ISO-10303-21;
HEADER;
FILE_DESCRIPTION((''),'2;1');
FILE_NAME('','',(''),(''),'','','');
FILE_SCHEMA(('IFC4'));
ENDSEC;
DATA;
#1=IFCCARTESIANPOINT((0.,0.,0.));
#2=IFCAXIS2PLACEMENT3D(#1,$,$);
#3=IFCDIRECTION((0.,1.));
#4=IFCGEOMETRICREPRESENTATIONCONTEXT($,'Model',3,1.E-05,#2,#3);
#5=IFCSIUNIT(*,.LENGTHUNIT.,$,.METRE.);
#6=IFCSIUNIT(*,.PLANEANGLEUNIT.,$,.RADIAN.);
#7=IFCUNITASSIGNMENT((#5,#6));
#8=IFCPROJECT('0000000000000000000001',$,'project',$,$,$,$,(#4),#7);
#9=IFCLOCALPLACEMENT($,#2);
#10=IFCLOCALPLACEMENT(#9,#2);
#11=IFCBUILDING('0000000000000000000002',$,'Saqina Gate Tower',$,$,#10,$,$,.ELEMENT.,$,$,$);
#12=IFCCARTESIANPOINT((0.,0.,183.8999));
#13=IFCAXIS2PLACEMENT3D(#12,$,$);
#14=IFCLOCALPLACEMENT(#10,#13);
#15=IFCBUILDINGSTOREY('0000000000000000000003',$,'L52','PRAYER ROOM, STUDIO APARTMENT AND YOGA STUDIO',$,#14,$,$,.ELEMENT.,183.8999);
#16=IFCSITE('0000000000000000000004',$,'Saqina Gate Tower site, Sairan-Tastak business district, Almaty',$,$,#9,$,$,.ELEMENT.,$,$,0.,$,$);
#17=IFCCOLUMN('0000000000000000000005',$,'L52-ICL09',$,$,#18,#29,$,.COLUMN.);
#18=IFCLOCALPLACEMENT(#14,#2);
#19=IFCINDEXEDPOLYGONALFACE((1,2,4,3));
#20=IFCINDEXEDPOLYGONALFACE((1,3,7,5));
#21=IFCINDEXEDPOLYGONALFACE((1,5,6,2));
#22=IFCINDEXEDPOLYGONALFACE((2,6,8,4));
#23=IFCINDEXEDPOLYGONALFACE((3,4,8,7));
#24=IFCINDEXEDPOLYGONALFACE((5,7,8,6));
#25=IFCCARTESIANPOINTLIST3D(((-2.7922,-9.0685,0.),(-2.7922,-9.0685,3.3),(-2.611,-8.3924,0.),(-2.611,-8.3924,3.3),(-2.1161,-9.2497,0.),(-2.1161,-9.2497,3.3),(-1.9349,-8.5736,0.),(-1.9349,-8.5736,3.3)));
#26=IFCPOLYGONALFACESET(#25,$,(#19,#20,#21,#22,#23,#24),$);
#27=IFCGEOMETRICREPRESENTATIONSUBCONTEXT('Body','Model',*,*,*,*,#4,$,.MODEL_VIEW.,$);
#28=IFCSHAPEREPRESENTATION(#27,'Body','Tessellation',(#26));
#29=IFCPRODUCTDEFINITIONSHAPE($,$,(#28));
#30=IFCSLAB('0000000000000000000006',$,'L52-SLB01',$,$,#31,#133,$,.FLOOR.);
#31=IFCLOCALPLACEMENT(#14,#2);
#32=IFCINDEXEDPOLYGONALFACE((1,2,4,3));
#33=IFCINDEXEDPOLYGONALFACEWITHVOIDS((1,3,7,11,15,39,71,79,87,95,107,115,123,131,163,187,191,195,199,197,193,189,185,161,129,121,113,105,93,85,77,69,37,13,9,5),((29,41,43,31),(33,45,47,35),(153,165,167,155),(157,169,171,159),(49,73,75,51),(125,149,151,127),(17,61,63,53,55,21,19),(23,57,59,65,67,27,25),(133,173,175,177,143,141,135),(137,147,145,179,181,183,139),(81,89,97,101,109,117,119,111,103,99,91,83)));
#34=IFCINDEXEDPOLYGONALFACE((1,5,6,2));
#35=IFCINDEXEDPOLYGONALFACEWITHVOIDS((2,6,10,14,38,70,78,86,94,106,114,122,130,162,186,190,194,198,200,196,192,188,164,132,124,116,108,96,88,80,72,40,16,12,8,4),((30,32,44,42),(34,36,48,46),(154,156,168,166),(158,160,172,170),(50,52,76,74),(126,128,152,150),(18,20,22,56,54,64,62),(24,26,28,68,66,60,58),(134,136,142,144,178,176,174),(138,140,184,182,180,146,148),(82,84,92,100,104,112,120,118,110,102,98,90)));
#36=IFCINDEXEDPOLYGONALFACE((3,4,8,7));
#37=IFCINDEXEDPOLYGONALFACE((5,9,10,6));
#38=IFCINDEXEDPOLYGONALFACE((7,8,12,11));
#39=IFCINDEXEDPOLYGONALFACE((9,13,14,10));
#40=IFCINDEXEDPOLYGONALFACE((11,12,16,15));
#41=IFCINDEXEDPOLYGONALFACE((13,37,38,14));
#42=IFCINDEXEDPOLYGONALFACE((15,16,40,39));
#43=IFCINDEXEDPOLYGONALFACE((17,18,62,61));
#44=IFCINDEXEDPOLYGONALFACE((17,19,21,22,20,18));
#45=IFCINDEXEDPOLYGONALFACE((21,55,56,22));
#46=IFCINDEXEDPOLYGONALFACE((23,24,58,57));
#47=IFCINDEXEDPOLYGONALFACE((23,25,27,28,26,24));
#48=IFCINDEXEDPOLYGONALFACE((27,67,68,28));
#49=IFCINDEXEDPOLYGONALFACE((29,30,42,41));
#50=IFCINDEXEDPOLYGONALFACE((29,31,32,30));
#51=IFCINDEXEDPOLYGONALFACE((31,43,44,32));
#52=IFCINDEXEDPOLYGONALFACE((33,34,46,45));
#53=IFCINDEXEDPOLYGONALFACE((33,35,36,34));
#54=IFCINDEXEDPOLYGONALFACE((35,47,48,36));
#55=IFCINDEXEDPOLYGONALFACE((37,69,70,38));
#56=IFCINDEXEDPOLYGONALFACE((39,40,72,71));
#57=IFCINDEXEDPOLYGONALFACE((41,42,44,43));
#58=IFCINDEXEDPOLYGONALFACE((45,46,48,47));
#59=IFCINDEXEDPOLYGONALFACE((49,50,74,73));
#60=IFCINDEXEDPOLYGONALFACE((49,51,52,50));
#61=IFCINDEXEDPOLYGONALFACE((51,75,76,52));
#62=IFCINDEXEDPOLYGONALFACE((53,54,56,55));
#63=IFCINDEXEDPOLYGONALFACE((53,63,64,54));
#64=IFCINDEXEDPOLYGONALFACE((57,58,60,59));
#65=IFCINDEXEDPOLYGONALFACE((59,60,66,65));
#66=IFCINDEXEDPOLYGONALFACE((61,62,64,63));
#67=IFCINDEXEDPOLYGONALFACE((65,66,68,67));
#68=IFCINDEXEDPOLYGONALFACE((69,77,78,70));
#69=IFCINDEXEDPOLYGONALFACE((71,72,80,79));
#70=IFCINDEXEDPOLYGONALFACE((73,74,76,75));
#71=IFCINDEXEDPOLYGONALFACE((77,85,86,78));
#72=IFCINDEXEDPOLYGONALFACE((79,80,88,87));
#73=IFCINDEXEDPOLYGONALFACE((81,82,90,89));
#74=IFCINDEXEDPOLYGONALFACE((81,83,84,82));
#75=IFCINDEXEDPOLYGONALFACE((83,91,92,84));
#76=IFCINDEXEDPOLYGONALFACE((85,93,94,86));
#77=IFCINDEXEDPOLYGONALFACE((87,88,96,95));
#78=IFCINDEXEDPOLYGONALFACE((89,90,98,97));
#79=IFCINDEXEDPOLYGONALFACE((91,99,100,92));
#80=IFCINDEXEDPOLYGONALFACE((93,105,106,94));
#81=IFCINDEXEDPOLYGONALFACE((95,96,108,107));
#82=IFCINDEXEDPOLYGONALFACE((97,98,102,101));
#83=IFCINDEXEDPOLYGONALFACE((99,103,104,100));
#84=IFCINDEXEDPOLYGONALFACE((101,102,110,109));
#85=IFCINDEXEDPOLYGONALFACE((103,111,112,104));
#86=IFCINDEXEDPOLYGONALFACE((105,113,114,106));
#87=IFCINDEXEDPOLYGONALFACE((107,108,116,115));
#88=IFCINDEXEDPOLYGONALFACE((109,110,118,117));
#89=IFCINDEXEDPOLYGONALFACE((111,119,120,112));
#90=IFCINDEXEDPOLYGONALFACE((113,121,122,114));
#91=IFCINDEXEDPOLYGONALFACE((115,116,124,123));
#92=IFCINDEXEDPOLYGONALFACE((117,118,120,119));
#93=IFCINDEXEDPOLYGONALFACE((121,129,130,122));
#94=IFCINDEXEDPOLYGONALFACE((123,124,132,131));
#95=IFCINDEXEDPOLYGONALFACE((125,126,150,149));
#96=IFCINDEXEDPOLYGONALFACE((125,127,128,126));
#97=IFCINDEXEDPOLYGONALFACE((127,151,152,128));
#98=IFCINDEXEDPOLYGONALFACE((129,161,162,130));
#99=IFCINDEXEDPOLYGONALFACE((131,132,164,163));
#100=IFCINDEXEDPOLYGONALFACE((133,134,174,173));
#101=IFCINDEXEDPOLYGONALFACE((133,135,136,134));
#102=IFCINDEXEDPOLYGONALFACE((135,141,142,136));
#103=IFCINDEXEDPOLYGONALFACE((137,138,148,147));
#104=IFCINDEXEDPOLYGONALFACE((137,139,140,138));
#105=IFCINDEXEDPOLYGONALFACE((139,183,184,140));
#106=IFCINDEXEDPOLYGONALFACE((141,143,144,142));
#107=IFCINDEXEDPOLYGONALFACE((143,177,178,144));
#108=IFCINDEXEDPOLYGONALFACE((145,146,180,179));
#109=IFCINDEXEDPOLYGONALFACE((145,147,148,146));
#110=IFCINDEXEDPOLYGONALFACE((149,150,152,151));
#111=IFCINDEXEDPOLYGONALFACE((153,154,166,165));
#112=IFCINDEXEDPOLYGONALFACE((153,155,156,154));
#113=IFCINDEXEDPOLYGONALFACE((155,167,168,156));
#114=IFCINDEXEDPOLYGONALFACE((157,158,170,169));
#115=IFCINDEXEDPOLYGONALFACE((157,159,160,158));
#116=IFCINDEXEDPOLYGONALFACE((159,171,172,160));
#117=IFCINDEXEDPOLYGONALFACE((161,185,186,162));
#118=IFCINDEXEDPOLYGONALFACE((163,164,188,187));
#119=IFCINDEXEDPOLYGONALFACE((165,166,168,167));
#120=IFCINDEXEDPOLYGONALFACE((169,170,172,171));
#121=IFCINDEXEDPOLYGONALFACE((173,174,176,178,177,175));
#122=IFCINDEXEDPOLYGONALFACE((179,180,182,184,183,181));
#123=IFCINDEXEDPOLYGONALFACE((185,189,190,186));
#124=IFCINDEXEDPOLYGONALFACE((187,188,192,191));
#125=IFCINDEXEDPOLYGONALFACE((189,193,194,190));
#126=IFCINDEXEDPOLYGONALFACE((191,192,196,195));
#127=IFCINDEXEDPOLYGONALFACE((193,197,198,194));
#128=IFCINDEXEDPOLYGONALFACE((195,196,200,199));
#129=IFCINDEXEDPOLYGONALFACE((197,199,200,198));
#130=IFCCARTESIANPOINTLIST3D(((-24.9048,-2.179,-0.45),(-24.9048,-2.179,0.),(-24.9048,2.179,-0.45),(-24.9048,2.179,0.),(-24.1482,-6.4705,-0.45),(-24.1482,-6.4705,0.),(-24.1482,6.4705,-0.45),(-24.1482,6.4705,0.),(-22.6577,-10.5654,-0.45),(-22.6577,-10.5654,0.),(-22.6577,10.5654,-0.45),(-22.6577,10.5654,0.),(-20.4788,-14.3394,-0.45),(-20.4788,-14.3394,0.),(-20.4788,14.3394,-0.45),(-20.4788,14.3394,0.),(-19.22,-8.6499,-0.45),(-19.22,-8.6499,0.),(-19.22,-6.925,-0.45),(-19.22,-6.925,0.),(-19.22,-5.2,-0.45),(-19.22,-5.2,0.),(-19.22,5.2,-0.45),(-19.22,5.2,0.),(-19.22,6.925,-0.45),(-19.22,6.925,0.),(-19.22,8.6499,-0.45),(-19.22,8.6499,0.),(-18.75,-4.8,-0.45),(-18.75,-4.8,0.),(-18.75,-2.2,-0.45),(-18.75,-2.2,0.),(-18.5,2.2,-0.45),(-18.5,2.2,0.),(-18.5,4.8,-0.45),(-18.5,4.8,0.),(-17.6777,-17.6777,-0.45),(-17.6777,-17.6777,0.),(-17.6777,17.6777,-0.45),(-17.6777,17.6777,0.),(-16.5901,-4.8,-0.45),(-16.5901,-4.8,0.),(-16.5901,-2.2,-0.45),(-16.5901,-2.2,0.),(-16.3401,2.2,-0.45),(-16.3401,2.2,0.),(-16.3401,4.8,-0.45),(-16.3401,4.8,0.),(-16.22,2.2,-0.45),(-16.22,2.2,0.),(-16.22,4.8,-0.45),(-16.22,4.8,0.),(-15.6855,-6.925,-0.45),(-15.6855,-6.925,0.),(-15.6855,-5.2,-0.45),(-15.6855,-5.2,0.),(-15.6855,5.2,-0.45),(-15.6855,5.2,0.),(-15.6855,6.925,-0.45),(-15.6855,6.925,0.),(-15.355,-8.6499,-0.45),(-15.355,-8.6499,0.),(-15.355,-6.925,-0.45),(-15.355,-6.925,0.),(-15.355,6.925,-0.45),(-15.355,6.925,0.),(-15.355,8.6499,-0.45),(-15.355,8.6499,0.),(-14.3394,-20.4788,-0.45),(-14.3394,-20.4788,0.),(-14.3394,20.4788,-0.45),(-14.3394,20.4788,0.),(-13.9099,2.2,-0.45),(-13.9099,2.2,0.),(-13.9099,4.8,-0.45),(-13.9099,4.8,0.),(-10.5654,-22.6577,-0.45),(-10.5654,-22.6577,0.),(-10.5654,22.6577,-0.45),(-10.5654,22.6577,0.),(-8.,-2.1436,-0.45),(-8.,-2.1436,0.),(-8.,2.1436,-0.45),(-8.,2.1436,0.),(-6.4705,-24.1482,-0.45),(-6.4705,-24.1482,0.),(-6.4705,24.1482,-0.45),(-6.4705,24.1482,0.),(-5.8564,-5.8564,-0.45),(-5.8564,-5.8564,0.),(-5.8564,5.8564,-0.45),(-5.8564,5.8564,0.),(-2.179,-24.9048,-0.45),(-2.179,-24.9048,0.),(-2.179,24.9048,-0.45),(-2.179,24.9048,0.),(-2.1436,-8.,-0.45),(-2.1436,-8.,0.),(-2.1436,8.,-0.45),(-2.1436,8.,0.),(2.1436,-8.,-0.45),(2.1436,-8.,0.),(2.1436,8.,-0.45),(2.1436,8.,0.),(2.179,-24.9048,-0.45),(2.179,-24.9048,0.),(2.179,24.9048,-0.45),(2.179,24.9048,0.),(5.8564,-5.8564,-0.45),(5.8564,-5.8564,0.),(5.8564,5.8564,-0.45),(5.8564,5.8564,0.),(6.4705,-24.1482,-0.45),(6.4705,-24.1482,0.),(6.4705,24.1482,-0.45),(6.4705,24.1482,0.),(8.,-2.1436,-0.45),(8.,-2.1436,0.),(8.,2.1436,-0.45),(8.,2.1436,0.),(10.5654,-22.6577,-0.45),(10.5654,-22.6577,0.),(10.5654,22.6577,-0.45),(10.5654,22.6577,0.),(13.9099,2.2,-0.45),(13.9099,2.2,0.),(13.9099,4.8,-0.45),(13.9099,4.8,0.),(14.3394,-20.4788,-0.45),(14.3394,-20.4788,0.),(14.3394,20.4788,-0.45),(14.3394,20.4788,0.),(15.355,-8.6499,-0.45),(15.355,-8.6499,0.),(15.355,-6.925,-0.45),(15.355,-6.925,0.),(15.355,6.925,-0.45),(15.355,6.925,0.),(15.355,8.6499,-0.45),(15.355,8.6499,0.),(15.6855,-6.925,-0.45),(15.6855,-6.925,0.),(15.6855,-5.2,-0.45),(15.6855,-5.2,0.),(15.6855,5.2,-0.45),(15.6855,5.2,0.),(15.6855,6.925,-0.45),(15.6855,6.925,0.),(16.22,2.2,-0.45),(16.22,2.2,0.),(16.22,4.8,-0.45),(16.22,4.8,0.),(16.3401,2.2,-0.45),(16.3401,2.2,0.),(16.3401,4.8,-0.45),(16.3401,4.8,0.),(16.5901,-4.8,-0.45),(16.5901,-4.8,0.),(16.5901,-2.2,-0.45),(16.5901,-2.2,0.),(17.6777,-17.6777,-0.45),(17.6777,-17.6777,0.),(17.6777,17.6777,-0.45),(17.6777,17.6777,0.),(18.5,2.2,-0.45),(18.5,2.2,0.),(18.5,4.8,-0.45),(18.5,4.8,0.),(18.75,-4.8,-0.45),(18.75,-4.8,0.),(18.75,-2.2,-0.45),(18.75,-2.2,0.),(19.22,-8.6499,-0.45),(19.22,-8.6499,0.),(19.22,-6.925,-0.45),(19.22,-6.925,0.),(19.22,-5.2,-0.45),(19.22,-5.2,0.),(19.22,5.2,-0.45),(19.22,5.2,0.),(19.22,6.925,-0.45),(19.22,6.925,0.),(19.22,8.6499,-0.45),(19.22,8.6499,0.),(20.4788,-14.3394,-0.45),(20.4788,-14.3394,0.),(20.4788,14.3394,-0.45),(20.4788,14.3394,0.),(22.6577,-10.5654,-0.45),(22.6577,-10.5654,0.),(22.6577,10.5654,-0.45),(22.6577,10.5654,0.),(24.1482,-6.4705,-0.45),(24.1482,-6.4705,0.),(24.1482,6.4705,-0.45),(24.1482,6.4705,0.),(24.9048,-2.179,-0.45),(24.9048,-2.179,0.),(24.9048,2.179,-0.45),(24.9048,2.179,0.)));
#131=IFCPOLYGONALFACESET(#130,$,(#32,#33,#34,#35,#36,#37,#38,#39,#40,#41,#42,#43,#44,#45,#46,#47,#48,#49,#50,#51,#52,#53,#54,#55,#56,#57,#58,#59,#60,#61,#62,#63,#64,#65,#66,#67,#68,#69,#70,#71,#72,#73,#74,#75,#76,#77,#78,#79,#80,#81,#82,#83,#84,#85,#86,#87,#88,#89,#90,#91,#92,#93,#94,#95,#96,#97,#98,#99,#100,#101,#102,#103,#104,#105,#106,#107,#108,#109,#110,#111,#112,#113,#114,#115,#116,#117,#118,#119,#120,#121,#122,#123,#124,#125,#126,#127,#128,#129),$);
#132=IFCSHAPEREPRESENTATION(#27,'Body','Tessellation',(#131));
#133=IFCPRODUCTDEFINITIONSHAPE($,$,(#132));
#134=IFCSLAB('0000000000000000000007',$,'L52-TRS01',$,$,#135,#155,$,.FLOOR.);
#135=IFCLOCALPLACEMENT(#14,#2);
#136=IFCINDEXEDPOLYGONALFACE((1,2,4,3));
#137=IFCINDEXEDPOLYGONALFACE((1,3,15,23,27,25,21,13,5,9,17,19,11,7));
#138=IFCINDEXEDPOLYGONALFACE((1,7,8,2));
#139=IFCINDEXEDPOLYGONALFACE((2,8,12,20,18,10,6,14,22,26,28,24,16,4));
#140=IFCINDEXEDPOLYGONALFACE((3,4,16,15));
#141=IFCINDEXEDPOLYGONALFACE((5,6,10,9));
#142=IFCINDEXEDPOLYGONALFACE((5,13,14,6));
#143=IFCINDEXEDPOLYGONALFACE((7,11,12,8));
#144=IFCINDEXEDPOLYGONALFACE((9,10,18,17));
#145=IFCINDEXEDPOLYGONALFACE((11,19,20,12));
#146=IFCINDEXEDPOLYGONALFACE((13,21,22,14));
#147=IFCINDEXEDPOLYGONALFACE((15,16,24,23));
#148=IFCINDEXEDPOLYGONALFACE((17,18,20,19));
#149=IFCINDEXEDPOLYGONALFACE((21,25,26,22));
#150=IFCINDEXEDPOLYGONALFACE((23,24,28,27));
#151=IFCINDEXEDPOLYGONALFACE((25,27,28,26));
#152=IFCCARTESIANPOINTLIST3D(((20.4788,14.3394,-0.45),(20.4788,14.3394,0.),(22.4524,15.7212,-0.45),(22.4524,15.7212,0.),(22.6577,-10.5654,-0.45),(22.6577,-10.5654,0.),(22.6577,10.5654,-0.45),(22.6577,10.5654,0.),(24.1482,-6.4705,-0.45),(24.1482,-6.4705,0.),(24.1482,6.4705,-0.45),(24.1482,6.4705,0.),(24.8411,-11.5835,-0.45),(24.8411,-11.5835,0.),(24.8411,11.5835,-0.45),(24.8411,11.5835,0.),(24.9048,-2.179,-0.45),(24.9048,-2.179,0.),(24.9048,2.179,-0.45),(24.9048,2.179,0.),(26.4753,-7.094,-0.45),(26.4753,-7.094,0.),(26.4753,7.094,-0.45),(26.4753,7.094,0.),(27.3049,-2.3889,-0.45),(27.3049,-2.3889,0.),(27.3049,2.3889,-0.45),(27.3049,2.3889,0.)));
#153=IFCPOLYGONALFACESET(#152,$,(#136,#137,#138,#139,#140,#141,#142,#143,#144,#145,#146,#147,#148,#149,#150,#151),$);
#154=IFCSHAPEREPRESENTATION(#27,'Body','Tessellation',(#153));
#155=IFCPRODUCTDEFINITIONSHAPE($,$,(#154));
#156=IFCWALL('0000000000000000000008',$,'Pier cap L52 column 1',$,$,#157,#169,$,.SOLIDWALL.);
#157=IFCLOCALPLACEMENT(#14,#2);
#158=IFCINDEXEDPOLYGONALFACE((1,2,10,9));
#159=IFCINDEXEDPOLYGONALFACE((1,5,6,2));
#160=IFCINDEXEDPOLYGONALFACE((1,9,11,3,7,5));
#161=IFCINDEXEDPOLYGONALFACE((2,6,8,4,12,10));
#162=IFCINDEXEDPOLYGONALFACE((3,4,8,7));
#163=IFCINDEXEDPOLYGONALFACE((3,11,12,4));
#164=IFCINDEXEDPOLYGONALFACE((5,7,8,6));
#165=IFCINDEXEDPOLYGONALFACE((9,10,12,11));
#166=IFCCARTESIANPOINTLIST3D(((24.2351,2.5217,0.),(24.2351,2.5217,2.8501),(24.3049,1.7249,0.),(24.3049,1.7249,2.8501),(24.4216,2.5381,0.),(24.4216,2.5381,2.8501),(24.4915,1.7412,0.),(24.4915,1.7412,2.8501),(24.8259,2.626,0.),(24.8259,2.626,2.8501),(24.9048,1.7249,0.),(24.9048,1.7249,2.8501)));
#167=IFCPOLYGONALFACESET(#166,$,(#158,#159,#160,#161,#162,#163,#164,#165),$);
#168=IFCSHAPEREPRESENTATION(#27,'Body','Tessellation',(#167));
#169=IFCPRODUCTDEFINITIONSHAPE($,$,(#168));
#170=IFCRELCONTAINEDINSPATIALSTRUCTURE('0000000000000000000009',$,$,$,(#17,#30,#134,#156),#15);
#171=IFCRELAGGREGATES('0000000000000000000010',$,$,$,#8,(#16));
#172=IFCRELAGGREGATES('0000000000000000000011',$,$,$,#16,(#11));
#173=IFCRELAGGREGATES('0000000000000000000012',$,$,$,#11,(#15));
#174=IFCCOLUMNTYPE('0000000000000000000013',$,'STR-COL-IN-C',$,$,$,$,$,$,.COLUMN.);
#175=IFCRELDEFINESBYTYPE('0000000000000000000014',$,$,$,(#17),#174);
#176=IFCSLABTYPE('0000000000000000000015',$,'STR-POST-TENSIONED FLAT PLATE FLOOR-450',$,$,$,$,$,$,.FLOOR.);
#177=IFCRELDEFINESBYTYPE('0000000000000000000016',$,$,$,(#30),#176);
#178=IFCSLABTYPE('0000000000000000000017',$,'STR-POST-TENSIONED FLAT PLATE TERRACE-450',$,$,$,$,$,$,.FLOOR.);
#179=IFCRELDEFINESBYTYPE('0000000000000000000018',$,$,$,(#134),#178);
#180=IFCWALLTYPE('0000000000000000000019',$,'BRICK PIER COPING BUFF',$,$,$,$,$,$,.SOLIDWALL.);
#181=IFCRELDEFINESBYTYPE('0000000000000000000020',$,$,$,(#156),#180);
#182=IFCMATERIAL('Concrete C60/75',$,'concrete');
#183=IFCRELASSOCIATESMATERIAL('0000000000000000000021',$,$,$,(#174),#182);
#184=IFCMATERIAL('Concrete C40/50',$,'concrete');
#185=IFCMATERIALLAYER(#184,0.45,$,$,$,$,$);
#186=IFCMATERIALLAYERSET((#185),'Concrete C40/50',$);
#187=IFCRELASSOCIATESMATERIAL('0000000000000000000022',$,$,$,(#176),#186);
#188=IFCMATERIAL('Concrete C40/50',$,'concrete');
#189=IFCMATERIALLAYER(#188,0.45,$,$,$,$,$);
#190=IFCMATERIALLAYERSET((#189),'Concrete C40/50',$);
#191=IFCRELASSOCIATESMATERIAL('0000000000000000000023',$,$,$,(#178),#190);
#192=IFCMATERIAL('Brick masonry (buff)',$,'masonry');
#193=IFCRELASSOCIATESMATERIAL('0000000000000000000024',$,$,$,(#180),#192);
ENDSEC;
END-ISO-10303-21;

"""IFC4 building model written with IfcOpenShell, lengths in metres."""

from ifc_helpers import new_model, si_unit, direction, frame, origin, origin_2d, place, context, subcontext, project, spatial, polyline, rectangle, outline, extrude, material, layer, layer_set, material_profile, profile_set, type_object, element, save


model = new_model("IFC4")

# Units and contexts
model_context = context("Model", 3, precision=1e-05, world=origin(), true_north=direction((0.0, 1.0)))
body_context = subcontext(model_context, "Body", "Model", "MODEL_VIEW")
ifc_project = project(units=[si_unit("LENGTHUNIT", "METRE"), si_unit("PLANEANGLEUNIT", "RADIAN")], contexts=[model_context])

# Site, building, storey
site_placement = place(None, origin())
site = spatial("IfcSite", under=ifc_project, at=site_placement, Name="Saqina Gate Tower site, Sairan-Tastak business district, Almaty", CompositionType="ELEMENT", RefElevation=0.0)
building_placement = place(site_placement, origin())
building = spatial("IfcBuilding", under=site, at=building_placement, Name="Saqina Gate Tower", CompositionType="ELEMENT")
storey_placement = place(building_placement, frame((0.0, 0.0, 183.8999)))
storey = spatial("IfcBuildingStorey", under=building, at=storey_placement, Name="L52", Description="PRAYER ROOM, STUDIO APARTMENT AND YOGA STUDIO", CompositionType="ELEMENT", Elevation=183.8999)

# Column
ifc_material_1 = material(Name="Concrete C60/75", Category="concrete")
ifc_material_profile = material_profile(ifc_material_1, rectangle(XDim=0.7, YDim=0.7, at=origin_2d()), Name="RC 700x700")
ifc_profile_set = profile_set([ifc_material_profile], Name="Concrete C60/75")
column_type = type_object("IfcColumnType", Name="STR-COL-IN-C", PredefinedType="COLUMN", material=ifc_profile_set)
column_placement = place(storey_placement, frame((-2.3635, -8.821, 0.0), z_axis=(0.0, 0.0, 1.0), x_axis=(-0.258819, -0.965926, 0.0)))
element("IfcColumn", 1, at=column_placement, inside=storey, type_object=column_type, Name="L52-ICL09", PredefinedType="COLUMN", context=body_context, shape_type="SweptSolid", body=[
    extrude(rectangle(XDim=0.7, YDim=0.7, at=origin_2d()), origin(), (0.0, 0.0, 1.0), 3.3),
])

# Slabs
ifc_material_2 = material(Name="Concrete C40/50", Category="concrete")
ifc_layer_1 = layer(ifc_material_2, 0.45)
ifc_layer_set_1 = layer_set([ifc_layer_1], Name="Concrete C40/50")
slab_type_1 = type_object("IfcSlabType", Name="STR-POST-TENSIONED FLAT PLATE FLOOR-450", PredefinedType="FLOOR", material=ifc_layer_set_1)
slab_1_placement = place(storey_placement, frame((0.0, 0.0, -0.45)))
element("IfcSlab", 2, at=slab_1_placement, inside=storey, type_object=slab_type_1, Name="L52-SLB01", PredefinedType="FLOOR", context=body_context, shape_type="SweptSolid", body=[
    extrude(outline(polyline([(24.1482, -6.4705), (24.9048, -2.179), (24.9048, 2.179), (24.1482, 6.4705), (22.6577, 10.5654), (20.4788, 14.3394), (17.6777, 17.6777), (14.3394, 20.4788), (10.5654, 22.6577), (6.4705, 24.1482), (2.179, 24.9048), (-2.179, 24.9048), (-6.4705, 24.1482), (-10.5654, 22.6577), (-14.3394, 20.4788), (-17.6777, 17.6777), (-20.4788, 14.3394), (-22.6577, 10.5654), (-24.1482, 6.4705), (-24.9048, 2.179), (-24.9048, -2.179), (-24.1482, -6.4705), (-22.6577, -10.5654), (-20.4788, -14.3394), (-17.6777, -17.6777), (-14.3394, -20.4788), (-10.5654, -22.6577), (-6.4705, -24.1482), (-2.179, -24.9048), (2.179, -24.9048), (6.4705, -24.1482), (10.5654, -22.6577), (14.3394, -20.4788), (17.6777, -17.6777), (20.4788, -14.3394), (22.6577, -10.5654), (24.1482, -6.4705)]), holes=[polyline([(2.1436, 8.0), (5.8564, 5.8564), (8.0, 2.1436), (8.0, -2.1436), (5.8564, -5.8564), (2.1436, -8.0), (-2.1436, -8.0), (-5.8564, -5.8564), (-8.0, -2.1436), (-8.0, 2.1436), (-5.8564, 5.8564), (-2.1436, 8.0), (2.1436, 8.0)]), polyline([(-15.355, -8.6499), (-19.22, -8.6499), (-19.22, -6.925), (-19.22, -5.2), (-15.6855, -5.2), (-15.6855, -6.925), (-15.355, -6.925), (-15.355, -8.6499)]), polyline([(-16.5901, -2.2), (-16.5901, -4.8), (-18.75, -4.8), (-18.75, -2.2), (-16.5901, -2.2)]), polyline([(-16.3401, 4.8), (-16.3401, 2.2), (-18.5, 2.2), (-18.5, 4.8), (-16.3401, 4.8)]), polyline([(-13.9099, 4.8), (-13.9099, 2.2), (-16.22, 2.2), (-16.22, 4.8), (-13.9099, 4.8)]), polyline([(-19.22, 6.925), (-19.22, 8.6499), (-15.355, 8.6499), (-15.355, 6.925), (-15.6855, 6.925), (-15.6855, 5.2), (-19.22, 5.2), (-19.22, 6.925)]), polyline([(15.355, -8.6499), (15.355, -6.925), (15.6855, -6.925), (15.6855, -5.2), (19.22, -5.2), (19.22, -6.925), (19.22, -8.6499), (15.355, -8.6499)]), polyline([(18.75, -2.2), (18.75, -4.8), (16.5901, -4.8), (16.5901, -2.2), (18.75, -2.2)]), polyline([(16.22, 4.8), (16.22, 2.2), (13.9099, 2.2), (13.9099, 4.8), (16.22, 4.8)]), polyline([(18.5, 4.8), (18.5, 2.2), (16.3401, 2.2), (16.3401, 4.8), (18.5, 4.8)]), polyline([(15.6855, 6.925), (15.355, 6.925), (15.355, 8.6499), (19.22, 8.6499), (19.22, 6.925), (19.22, 5.2), (15.6855, 5.2), (15.6855, 6.925)])]), origin(), (0.0, 0.0, 1.0), 0.45),
])
ifc_material_3 = material(Name="Concrete C40/50", Category="concrete")
ifc_layer_2 = layer(ifc_material_3, 0.45)
ifc_layer_set_2 = layer_set([ifc_layer_2], Name="Concrete C40/50")
slab_type_2 = type_object("IfcSlabType", Name="STR-POST-TENSIONED FLAT PLATE TERRACE-450", PredefinedType="FLOOR", material=ifc_layer_set_2)
slab_2_placement = place(storey_placement, frame((0.0, 0.0, -0.45)))
element("IfcSlab", 3, at=slab_2_placement, inside=storey, type_object=slab_type_2, Name="L52-TRS01", PredefinedType="FLOOR", context=body_context, shape_type="SweptSolid", body=[
    extrude(outline(polyline([(22.6577, -10.5654), (24.1482, -6.4705), (24.9048, -2.179), (24.9048, 2.179), (24.1482, 6.4705), (22.6577, 10.5654), (20.4788, 14.3394), (22.4524, 15.7212), (24.8411, 11.5835), (26.4753, 7.094), (27.3049, 2.3889), (27.3049, -2.3889), (26.4753, -7.094), (24.8411, -11.5835), (22.6577, -10.5654)])), origin(), (0.0, 0.0, 1.0), 0.45),
])

# Wall
ifc_material_4 = material(Name="Brick masonry (buff)", Category="masonry")
wall_type_1 = type_object("IfcWallType", Name="BRICK PIER COPING BUFF", PredefinedType="SOLIDWALL", material=ifc_material_4)
wall_1_placement = place(storey_placement, origin())
element("IfcWall", 4, at=wall_1_placement, inside=storey, type_object=wall_type_1, Name="Pier cap L52 column 1", PredefinedType="SOLIDWALL", context=body_context, shape_type="SweptSolid", body=[
    extrude(outline(polyline([(24.9048, 1.7249), (24.8259, 2.626), (24.2351, 2.5217), (24.4216, 2.5381), (24.4915, 1.7412), (24.3049, 1.7249), (24.9048, 1.7249)])), origin(), (0.0, 0.0, 1.0), 2.8501),
])

save(model, "model.ifc")
